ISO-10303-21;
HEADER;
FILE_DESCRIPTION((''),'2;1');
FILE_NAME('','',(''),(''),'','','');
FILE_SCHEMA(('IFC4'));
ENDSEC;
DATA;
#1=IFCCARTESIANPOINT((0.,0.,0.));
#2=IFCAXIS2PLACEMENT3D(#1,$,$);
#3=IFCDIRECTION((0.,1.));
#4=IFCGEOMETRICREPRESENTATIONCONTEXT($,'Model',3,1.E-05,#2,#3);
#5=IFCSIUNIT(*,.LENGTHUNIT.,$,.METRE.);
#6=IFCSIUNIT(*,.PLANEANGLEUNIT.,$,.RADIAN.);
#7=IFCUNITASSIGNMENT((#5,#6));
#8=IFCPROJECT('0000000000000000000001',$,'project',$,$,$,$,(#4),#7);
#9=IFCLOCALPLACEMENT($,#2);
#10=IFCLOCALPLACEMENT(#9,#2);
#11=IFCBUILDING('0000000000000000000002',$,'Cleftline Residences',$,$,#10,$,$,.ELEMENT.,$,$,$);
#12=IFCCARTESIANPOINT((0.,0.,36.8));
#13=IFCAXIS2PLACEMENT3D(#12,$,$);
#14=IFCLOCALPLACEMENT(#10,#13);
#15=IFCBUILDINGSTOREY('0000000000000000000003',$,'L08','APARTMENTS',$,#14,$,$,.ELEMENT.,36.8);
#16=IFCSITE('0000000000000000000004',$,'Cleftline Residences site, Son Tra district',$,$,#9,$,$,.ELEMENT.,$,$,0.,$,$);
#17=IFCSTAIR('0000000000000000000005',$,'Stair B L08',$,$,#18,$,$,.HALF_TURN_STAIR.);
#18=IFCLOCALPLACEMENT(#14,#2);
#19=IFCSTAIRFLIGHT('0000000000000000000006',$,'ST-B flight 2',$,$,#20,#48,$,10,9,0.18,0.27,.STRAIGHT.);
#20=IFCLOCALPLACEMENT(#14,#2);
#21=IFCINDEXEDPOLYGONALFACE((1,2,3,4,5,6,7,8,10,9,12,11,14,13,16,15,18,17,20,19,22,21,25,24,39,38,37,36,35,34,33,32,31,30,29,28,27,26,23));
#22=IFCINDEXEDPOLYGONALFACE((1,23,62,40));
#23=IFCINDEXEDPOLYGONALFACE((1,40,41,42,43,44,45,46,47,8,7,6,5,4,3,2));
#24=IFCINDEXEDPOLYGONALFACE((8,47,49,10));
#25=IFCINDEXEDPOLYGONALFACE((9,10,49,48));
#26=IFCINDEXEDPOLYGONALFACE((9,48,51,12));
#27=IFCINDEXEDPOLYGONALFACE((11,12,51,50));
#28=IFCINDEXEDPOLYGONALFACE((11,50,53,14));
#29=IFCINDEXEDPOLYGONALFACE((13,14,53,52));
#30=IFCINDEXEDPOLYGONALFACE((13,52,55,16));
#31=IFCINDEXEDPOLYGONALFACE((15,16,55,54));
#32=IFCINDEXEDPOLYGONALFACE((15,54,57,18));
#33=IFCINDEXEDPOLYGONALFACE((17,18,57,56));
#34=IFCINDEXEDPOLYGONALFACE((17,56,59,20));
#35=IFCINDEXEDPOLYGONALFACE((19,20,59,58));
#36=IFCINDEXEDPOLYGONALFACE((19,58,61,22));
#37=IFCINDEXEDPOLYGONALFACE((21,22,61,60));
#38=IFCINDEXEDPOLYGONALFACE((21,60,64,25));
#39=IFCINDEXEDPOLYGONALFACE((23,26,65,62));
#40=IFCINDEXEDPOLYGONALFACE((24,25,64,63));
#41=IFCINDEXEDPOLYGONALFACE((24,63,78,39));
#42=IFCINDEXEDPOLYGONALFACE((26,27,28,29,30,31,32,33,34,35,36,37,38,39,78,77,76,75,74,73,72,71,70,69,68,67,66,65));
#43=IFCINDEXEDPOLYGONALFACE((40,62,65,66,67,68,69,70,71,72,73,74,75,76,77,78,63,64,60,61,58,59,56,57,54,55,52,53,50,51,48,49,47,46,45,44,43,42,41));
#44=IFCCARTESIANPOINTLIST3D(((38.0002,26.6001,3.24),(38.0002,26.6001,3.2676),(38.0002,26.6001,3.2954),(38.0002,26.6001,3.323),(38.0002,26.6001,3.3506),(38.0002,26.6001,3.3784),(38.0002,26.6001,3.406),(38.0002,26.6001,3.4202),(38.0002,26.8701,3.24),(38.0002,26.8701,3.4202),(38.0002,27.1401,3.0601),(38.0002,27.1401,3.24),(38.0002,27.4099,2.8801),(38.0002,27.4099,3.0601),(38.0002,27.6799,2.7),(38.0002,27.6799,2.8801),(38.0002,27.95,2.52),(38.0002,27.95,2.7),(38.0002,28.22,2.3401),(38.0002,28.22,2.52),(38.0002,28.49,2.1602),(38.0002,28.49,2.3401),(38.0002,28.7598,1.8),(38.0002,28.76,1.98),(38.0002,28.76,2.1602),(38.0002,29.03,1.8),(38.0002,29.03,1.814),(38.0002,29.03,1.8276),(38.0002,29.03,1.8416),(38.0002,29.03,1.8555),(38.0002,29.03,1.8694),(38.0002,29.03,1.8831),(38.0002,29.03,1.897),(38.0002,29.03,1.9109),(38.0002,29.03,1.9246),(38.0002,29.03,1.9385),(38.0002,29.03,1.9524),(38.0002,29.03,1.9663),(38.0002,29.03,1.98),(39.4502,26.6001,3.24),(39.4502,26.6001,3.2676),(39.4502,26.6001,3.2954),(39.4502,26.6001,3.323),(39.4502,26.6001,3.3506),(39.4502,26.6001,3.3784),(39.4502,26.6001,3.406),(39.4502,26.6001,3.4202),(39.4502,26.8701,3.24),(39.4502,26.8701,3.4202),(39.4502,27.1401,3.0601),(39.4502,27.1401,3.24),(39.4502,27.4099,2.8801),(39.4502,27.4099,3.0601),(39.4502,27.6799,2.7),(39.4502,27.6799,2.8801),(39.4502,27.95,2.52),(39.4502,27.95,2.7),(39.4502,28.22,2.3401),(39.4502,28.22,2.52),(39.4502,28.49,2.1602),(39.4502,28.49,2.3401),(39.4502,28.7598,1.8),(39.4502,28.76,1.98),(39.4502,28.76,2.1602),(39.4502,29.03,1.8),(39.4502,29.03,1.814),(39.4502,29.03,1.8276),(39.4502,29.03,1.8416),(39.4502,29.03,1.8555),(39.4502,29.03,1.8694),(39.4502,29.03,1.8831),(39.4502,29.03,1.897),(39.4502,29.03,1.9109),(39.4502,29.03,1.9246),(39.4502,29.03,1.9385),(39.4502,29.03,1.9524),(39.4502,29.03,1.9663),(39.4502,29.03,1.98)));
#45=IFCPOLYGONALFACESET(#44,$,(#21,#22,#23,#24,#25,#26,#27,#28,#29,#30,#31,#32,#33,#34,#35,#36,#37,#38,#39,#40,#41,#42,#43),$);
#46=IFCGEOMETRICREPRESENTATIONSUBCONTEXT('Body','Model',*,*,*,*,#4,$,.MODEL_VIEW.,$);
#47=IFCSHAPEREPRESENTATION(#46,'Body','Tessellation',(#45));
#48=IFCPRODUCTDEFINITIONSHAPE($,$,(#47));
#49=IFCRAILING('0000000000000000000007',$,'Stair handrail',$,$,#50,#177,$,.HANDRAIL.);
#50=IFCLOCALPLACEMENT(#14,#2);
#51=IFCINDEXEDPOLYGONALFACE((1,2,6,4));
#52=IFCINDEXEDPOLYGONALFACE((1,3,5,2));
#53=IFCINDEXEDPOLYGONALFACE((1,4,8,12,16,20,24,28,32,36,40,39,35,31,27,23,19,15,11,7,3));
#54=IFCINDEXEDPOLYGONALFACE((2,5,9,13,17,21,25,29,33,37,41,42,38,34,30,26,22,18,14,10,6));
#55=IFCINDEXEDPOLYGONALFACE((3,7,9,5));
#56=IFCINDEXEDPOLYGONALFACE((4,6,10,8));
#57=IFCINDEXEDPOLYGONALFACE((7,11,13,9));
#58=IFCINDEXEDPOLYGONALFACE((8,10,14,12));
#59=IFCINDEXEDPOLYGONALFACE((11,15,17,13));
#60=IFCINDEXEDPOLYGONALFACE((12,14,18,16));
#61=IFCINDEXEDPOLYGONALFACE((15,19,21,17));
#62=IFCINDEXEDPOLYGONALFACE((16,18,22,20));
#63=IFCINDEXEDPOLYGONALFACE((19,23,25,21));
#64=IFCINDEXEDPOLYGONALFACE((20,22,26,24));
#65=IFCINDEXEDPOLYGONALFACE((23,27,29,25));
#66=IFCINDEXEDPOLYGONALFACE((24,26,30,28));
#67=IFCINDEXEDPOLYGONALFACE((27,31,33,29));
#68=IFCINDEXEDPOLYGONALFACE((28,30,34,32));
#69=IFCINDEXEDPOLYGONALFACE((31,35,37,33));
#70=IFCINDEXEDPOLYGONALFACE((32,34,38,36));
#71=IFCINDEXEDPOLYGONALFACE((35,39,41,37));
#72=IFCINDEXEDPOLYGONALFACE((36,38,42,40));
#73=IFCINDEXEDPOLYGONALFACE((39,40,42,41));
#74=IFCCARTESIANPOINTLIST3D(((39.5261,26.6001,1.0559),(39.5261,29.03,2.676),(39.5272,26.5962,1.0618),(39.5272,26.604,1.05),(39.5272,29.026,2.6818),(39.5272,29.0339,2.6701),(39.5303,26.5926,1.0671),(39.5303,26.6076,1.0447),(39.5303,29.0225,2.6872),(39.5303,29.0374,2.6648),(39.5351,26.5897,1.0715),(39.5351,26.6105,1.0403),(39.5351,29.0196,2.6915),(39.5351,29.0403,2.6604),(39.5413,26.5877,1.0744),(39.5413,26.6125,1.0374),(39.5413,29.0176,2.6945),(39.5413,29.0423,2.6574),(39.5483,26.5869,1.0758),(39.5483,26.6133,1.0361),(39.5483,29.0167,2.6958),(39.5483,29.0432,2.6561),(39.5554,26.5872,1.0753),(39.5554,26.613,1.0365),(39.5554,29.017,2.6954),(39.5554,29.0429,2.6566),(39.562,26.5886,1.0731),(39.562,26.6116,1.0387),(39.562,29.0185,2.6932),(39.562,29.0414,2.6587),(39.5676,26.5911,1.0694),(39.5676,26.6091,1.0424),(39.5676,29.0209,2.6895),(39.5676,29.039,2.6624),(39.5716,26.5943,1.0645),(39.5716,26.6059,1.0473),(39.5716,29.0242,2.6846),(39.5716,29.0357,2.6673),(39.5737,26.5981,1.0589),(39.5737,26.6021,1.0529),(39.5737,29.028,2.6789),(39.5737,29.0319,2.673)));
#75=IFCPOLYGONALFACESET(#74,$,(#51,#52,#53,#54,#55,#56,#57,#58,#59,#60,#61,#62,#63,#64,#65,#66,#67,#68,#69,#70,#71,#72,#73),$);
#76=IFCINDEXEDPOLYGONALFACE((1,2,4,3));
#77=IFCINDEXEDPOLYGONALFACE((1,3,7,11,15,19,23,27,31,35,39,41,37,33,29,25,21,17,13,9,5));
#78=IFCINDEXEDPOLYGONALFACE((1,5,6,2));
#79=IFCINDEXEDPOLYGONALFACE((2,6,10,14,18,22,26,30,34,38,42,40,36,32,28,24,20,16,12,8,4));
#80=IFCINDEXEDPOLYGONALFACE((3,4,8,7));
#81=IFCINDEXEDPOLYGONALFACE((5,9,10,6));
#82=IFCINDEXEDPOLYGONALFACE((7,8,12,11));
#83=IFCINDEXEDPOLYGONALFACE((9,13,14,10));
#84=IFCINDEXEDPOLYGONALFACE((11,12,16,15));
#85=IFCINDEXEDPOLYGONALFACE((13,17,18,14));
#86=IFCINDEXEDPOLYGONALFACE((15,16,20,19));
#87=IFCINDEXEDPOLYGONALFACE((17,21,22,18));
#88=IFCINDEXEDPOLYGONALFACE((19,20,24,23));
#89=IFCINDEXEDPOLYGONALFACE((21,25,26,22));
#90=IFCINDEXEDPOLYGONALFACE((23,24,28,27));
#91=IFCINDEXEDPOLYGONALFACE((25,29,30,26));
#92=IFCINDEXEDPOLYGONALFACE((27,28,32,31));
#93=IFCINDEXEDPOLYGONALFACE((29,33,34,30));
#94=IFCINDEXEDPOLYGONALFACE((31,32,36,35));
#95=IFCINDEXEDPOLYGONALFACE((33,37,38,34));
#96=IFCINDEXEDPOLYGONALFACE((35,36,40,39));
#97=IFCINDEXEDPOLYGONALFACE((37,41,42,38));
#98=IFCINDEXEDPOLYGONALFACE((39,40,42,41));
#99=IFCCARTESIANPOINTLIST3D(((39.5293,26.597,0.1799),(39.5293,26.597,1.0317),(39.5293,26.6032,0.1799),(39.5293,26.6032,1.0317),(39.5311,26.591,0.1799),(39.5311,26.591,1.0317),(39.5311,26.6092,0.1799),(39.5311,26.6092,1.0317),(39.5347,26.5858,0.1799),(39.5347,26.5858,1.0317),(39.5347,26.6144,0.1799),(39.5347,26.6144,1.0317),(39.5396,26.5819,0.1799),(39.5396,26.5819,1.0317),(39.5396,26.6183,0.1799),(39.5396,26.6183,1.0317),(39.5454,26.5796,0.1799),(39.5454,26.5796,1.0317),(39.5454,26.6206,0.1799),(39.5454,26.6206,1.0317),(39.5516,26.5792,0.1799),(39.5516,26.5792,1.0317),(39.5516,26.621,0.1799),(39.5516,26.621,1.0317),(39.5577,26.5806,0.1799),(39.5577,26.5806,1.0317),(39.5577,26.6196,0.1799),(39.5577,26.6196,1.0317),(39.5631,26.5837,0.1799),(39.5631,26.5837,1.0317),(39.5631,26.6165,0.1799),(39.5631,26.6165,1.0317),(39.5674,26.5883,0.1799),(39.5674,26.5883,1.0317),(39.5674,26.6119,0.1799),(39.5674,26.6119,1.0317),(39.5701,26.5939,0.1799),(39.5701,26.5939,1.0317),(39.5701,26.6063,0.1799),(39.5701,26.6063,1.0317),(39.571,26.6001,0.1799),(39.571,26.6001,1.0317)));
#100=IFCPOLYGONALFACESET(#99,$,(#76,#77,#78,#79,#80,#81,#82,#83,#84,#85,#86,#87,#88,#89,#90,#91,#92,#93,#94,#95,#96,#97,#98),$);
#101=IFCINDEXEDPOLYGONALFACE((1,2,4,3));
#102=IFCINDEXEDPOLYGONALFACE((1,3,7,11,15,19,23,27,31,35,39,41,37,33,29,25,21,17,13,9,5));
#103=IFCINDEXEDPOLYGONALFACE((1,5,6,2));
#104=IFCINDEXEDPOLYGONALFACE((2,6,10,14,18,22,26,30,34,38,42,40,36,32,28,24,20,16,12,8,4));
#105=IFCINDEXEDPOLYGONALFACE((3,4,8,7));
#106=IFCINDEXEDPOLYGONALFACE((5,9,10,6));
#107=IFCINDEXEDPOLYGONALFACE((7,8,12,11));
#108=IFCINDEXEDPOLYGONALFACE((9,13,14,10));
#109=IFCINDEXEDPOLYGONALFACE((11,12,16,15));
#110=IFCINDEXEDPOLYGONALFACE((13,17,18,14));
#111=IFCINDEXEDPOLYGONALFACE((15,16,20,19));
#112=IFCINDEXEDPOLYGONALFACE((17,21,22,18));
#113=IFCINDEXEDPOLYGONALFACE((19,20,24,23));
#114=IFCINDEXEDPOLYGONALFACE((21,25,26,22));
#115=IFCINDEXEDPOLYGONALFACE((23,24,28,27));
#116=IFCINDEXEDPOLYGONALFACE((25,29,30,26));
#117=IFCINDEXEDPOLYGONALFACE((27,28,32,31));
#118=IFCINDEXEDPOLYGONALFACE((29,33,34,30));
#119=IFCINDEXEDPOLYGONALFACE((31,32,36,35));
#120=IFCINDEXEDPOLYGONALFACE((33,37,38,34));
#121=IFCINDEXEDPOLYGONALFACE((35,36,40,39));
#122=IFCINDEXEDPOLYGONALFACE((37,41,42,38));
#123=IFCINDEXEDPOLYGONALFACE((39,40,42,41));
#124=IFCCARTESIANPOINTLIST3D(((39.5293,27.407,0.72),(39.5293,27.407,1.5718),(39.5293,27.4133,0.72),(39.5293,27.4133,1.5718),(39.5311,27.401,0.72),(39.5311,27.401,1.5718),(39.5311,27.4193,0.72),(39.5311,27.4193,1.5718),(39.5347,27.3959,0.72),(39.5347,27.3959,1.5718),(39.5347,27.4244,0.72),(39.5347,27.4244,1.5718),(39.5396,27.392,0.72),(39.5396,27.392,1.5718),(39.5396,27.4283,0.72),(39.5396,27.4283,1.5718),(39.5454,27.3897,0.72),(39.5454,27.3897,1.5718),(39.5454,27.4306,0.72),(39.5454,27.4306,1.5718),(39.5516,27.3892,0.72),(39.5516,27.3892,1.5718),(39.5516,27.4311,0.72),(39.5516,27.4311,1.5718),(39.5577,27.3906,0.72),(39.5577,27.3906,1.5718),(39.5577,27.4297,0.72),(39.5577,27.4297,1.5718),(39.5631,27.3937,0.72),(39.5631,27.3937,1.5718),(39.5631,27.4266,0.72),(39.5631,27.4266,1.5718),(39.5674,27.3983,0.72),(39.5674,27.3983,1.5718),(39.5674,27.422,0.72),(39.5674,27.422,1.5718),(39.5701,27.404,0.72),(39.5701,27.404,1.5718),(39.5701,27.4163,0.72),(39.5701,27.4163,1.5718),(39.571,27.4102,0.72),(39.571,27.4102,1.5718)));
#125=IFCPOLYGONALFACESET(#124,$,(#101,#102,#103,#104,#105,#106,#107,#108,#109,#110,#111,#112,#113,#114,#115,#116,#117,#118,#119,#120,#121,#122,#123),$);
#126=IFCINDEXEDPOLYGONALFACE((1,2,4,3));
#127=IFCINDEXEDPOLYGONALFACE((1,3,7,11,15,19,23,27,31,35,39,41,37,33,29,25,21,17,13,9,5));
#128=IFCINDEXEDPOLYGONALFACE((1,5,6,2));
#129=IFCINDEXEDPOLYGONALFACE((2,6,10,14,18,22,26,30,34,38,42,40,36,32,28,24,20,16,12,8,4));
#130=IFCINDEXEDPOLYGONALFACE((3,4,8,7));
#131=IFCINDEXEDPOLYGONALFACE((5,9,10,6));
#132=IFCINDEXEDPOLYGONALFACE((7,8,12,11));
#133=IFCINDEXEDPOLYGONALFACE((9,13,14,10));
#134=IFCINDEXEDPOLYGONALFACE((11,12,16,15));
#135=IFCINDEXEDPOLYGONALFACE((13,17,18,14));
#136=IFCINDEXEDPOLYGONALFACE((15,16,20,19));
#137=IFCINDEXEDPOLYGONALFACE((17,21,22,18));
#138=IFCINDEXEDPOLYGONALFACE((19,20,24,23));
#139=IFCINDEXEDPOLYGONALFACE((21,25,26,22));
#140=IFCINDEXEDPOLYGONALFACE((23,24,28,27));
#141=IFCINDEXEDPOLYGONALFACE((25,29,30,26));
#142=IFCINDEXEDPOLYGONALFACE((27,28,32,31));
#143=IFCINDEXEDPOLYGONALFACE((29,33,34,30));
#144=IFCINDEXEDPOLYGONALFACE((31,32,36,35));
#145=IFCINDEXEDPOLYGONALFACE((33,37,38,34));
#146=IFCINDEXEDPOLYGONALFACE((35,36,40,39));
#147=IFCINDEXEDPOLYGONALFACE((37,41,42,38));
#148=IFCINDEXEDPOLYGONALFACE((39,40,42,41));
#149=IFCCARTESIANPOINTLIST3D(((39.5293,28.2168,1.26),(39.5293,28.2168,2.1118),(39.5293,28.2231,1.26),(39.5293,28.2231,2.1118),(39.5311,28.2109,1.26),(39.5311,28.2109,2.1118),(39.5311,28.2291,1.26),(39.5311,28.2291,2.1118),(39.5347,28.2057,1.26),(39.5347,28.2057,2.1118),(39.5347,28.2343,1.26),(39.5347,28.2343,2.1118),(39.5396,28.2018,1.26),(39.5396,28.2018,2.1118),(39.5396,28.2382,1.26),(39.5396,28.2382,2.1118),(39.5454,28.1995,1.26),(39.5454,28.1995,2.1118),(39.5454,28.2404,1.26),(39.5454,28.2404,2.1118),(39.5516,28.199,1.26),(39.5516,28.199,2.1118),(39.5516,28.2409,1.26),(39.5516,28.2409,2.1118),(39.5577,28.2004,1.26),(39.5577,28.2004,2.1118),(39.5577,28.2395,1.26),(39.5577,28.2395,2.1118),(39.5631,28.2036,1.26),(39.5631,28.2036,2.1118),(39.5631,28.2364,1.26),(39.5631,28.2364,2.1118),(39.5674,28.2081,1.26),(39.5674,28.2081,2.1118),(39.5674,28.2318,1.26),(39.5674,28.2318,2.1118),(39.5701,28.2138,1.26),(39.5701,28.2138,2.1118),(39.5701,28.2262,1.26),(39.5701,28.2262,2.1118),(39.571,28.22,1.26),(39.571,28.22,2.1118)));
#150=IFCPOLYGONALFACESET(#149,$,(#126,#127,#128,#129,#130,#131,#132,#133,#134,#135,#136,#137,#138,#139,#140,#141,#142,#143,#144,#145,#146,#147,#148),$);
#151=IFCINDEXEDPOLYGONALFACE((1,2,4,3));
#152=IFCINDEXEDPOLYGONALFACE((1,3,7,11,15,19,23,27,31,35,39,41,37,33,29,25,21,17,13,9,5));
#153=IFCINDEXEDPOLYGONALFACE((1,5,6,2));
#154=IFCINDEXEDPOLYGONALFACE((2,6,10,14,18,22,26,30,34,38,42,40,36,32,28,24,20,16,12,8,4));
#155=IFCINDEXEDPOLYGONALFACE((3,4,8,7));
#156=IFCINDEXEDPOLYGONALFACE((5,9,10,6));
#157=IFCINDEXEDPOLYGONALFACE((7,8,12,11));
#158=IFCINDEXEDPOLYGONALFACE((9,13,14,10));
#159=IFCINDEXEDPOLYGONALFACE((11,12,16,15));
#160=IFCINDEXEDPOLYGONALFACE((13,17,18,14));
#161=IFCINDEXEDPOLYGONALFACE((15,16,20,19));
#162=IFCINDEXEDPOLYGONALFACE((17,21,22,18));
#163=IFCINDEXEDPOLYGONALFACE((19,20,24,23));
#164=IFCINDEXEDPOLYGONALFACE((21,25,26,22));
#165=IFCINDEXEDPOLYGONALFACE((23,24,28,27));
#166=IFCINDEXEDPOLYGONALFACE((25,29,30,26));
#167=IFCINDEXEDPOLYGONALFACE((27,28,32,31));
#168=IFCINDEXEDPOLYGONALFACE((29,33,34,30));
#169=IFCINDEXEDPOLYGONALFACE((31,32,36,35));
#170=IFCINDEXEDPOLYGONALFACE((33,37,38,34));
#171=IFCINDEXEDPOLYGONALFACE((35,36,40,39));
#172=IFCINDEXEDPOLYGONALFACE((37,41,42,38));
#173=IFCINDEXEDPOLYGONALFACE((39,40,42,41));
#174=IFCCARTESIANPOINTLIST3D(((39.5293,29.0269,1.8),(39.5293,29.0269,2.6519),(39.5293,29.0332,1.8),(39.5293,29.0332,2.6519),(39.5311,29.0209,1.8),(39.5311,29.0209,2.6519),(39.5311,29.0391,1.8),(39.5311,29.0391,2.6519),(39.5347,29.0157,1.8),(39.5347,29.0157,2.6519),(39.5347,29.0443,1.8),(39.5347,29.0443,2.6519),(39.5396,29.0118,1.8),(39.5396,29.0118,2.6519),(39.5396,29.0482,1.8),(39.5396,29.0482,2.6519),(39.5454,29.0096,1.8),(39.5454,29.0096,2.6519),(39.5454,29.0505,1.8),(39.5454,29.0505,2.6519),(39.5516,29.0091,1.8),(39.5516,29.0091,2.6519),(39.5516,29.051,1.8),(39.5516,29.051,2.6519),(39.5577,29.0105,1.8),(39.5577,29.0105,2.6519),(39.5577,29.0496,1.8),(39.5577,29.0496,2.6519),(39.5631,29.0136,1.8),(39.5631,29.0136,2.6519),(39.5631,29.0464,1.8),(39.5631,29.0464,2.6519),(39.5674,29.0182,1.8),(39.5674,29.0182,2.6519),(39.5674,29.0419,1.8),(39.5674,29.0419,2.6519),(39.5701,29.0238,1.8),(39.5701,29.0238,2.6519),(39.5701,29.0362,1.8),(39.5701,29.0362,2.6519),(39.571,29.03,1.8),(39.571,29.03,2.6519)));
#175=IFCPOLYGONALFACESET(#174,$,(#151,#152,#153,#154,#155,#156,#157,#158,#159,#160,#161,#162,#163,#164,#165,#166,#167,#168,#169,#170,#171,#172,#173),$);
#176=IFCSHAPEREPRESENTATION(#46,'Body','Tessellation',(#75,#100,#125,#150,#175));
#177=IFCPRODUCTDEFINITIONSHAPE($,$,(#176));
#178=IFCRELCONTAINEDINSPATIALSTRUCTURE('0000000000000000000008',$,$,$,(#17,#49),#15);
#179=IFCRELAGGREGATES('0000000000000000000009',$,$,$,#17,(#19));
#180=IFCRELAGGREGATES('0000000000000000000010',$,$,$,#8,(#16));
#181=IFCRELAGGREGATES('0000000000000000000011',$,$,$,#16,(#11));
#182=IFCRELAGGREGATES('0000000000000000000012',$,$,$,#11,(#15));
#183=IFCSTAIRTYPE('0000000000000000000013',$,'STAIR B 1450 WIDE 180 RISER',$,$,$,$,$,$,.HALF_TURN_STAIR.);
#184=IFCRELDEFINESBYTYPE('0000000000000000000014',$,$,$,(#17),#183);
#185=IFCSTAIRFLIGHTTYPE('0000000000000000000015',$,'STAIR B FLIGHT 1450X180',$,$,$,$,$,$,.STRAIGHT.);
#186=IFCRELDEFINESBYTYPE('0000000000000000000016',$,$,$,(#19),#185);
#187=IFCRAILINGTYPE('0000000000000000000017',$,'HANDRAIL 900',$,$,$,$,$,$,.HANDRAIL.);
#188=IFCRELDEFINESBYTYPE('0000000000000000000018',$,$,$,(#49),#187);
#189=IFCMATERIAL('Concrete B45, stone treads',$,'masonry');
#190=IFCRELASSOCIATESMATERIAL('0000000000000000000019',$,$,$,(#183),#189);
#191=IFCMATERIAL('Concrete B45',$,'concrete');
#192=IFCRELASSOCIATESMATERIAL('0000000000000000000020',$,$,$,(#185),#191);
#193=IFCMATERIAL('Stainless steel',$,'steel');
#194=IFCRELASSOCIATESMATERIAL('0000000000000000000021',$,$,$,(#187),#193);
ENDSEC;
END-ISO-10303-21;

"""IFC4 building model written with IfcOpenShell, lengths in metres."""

from ifc_helpers import new_model, si_unit, direction, frame, origin, origin_2d, place, context, subcontext, project, spatial, polyline, circle, outline, extrude, material, type_object, element, aggregate, save


model = new_model("IFC4")

# Units and contexts
model_context = context("Model", 3, precision=1e-05, world=origin(), true_north=direction((0.0, 1.0)))
body_context = subcontext(model_context, "Body", "Model", "MODEL_VIEW")
ifc_project = project(units=[si_unit("LENGTHUNIT", "METRE"), si_unit("PLANEANGLEUNIT", "RADIAN")], contexts=[model_context])

# Site, building, storey
site_placement = place(None, origin())
site = spatial("IfcSite", under=ifc_project, at=site_placement, Name="Cleftline Residences site, Son Tra district", CompositionType="ELEMENT", RefElevation=0.0)
building_placement = place(site_placement, origin())
building = spatial("IfcBuilding", under=site, at=building_placement, Name="Cleftline Residences", CompositionType="ELEMENT")
storey_placement = place(building_placement, frame((0.0, 0.0, 36.8)))
storey = spatial("IfcBuildingStorey", under=building, at=storey_placement, Name="L08", Description="APARTMENTS", CompositionType="ELEMENT", Elevation=36.8)

# Stair, stair flight
ifc_material_1 = material(Name="Concrete B45, stone treads", Category="masonry")
stair_type = type_object("IfcStairType", Name="STAIR B 1450 WIDE 180 RISER", PredefinedType="HALF_TURN_STAIR", material=ifc_material_1)
stair_placement = place(storey_placement, origin())
stair = element("IfcStair", 1, at=stair_placement, inside=storey, type_object=stair_type, Name="Stair B L08", PredefinedType="HALF_TURN_STAIR")
ifc_material_2 = material(Name="Concrete B45", Category="concrete")
stair_flight_type = type_object("IfcStairFlightType", Name="STAIR B FLIGHT 1450X180", PredefinedType="STRAIGHT", material=ifc_material_2)
stair_flight_1_placement = place(storey_placement, frame((38.7251, 29.03, 1.8), z_axis=(0.0, 0.0, 1.0), x_axis=(0.0, -1.0, 0.0)))
stair_flight_1 = element("IfcStairFlight", 2, at=stair_flight_1_placement, type_object=stair_flight_type, Name="ST-B flight 2", NumberOfRisers=10, NumberOfTreads=9, PredefinedType="STRAIGHT", RiserHeight=0.18, TreadLength=0.27, context=body_context, shape_type="SweptSolid", body=[
    extrude(outline(polyline([(0.0, 0.0), (0.0, 0.0139), (0.0, 0.0276), (0.0, 0.0415), (0.0, 0.0554), (0.0, 0.0693), (0.0, 0.083), (0.0, 0.0969), (0.0, 0.1108), (0.0, 0.1245), (0.0, 0.1384), (0.0, 0.1523), (0.0, 0.1663), (0.0, 0.1799), (0.27, 0.1799), (0.27, 0.3601), (0.54, 0.3601), (0.54, 0.54), (0.8101, 0.54), (0.8101, 0.72), (1.0801, 0.72), (1.0801, 0.8999), (1.3501, 0.8999), (1.3501, 1.0801), (1.6201, 1.0801), (1.6201, 1.26), (1.8899, 1.26), (1.8899, 1.4399), (2.1599, 1.4399), (2.1599, 1.6201), (2.4299, 1.6201), (2.4299, 1.8), (2.4299, 1.7722), (2.4299, 1.7446), (2.4299, 1.7168), (2.4299, 1.6892), (2.4299, 1.6614), (2.4299, 1.6338), (2.4299, 1.606), (2.4299, 1.5784), (2.4299, 1.5505), (2.4299, 1.5229), (2.4299, 1.4954), (2.4299, 1.4675), (2.4299, 1.4399), (0.2703, 0.0), (0.0, 0.0)])), frame((0.0, 0.7251, 0.0), z_axis=(0.0, -1.0, 0.0), x_axis=(1.0, 0.0, 0.0)), (0.0, 0.0, 1.0), 1.45),
])
aggregate(stair, [stair_flight_1])

# Railing
ifc_material_3 = material(Name="Stainless steel", Category="steel")
railing_type = type_object("IfcRailingType", Name="HANDRAIL 900", PredefinedType="HANDRAIL", material=ifc_material_3)
railing_1_placement = place(storey_placement, frame((39.55, 26.6001, 0.1799)))
element("IfcRailing", 3, at=railing_1_placement, inside=storey, type_object=railing_type, Name="Stair handrail", PredefinedType="HANDRAIL", context=body_context, shape_type="SweptSolid", body=[
    extrude(circle(Radius=0.0239, at=origin_2d()), frame((0.0, 0.0, 0.876), z_axis=(0.0, 0.832025, 0.554739), x_axis=(-1.0, 0.0, 0.0)), (0.0, 0.0, 1.0), 2.9204),
    extrude(circle(Radius=0.021, at=origin_2d()), origin(), (0.0, 0.0, 1.0), 0.8518),
    extrude(circle(Radius=0.021, at=origin_2d()), frame((0.0, 0.8101, 0.54)), (0.0, 0.0, 1.0), 0.8518),
    extrude(circle(Radius=0.021, at=origin_2d()), frame((0.0, 1.6199, 1.0801)), (0.0, 0.0, 1.0), 0.8518),
    extrude(circle(Radius=0.021, at=origin_2d()), frame((0.0, 2.4299, 1.6201)), (0.0, 0.0, 1.0), 0.8518),
])

save(model, "model.ifc")
